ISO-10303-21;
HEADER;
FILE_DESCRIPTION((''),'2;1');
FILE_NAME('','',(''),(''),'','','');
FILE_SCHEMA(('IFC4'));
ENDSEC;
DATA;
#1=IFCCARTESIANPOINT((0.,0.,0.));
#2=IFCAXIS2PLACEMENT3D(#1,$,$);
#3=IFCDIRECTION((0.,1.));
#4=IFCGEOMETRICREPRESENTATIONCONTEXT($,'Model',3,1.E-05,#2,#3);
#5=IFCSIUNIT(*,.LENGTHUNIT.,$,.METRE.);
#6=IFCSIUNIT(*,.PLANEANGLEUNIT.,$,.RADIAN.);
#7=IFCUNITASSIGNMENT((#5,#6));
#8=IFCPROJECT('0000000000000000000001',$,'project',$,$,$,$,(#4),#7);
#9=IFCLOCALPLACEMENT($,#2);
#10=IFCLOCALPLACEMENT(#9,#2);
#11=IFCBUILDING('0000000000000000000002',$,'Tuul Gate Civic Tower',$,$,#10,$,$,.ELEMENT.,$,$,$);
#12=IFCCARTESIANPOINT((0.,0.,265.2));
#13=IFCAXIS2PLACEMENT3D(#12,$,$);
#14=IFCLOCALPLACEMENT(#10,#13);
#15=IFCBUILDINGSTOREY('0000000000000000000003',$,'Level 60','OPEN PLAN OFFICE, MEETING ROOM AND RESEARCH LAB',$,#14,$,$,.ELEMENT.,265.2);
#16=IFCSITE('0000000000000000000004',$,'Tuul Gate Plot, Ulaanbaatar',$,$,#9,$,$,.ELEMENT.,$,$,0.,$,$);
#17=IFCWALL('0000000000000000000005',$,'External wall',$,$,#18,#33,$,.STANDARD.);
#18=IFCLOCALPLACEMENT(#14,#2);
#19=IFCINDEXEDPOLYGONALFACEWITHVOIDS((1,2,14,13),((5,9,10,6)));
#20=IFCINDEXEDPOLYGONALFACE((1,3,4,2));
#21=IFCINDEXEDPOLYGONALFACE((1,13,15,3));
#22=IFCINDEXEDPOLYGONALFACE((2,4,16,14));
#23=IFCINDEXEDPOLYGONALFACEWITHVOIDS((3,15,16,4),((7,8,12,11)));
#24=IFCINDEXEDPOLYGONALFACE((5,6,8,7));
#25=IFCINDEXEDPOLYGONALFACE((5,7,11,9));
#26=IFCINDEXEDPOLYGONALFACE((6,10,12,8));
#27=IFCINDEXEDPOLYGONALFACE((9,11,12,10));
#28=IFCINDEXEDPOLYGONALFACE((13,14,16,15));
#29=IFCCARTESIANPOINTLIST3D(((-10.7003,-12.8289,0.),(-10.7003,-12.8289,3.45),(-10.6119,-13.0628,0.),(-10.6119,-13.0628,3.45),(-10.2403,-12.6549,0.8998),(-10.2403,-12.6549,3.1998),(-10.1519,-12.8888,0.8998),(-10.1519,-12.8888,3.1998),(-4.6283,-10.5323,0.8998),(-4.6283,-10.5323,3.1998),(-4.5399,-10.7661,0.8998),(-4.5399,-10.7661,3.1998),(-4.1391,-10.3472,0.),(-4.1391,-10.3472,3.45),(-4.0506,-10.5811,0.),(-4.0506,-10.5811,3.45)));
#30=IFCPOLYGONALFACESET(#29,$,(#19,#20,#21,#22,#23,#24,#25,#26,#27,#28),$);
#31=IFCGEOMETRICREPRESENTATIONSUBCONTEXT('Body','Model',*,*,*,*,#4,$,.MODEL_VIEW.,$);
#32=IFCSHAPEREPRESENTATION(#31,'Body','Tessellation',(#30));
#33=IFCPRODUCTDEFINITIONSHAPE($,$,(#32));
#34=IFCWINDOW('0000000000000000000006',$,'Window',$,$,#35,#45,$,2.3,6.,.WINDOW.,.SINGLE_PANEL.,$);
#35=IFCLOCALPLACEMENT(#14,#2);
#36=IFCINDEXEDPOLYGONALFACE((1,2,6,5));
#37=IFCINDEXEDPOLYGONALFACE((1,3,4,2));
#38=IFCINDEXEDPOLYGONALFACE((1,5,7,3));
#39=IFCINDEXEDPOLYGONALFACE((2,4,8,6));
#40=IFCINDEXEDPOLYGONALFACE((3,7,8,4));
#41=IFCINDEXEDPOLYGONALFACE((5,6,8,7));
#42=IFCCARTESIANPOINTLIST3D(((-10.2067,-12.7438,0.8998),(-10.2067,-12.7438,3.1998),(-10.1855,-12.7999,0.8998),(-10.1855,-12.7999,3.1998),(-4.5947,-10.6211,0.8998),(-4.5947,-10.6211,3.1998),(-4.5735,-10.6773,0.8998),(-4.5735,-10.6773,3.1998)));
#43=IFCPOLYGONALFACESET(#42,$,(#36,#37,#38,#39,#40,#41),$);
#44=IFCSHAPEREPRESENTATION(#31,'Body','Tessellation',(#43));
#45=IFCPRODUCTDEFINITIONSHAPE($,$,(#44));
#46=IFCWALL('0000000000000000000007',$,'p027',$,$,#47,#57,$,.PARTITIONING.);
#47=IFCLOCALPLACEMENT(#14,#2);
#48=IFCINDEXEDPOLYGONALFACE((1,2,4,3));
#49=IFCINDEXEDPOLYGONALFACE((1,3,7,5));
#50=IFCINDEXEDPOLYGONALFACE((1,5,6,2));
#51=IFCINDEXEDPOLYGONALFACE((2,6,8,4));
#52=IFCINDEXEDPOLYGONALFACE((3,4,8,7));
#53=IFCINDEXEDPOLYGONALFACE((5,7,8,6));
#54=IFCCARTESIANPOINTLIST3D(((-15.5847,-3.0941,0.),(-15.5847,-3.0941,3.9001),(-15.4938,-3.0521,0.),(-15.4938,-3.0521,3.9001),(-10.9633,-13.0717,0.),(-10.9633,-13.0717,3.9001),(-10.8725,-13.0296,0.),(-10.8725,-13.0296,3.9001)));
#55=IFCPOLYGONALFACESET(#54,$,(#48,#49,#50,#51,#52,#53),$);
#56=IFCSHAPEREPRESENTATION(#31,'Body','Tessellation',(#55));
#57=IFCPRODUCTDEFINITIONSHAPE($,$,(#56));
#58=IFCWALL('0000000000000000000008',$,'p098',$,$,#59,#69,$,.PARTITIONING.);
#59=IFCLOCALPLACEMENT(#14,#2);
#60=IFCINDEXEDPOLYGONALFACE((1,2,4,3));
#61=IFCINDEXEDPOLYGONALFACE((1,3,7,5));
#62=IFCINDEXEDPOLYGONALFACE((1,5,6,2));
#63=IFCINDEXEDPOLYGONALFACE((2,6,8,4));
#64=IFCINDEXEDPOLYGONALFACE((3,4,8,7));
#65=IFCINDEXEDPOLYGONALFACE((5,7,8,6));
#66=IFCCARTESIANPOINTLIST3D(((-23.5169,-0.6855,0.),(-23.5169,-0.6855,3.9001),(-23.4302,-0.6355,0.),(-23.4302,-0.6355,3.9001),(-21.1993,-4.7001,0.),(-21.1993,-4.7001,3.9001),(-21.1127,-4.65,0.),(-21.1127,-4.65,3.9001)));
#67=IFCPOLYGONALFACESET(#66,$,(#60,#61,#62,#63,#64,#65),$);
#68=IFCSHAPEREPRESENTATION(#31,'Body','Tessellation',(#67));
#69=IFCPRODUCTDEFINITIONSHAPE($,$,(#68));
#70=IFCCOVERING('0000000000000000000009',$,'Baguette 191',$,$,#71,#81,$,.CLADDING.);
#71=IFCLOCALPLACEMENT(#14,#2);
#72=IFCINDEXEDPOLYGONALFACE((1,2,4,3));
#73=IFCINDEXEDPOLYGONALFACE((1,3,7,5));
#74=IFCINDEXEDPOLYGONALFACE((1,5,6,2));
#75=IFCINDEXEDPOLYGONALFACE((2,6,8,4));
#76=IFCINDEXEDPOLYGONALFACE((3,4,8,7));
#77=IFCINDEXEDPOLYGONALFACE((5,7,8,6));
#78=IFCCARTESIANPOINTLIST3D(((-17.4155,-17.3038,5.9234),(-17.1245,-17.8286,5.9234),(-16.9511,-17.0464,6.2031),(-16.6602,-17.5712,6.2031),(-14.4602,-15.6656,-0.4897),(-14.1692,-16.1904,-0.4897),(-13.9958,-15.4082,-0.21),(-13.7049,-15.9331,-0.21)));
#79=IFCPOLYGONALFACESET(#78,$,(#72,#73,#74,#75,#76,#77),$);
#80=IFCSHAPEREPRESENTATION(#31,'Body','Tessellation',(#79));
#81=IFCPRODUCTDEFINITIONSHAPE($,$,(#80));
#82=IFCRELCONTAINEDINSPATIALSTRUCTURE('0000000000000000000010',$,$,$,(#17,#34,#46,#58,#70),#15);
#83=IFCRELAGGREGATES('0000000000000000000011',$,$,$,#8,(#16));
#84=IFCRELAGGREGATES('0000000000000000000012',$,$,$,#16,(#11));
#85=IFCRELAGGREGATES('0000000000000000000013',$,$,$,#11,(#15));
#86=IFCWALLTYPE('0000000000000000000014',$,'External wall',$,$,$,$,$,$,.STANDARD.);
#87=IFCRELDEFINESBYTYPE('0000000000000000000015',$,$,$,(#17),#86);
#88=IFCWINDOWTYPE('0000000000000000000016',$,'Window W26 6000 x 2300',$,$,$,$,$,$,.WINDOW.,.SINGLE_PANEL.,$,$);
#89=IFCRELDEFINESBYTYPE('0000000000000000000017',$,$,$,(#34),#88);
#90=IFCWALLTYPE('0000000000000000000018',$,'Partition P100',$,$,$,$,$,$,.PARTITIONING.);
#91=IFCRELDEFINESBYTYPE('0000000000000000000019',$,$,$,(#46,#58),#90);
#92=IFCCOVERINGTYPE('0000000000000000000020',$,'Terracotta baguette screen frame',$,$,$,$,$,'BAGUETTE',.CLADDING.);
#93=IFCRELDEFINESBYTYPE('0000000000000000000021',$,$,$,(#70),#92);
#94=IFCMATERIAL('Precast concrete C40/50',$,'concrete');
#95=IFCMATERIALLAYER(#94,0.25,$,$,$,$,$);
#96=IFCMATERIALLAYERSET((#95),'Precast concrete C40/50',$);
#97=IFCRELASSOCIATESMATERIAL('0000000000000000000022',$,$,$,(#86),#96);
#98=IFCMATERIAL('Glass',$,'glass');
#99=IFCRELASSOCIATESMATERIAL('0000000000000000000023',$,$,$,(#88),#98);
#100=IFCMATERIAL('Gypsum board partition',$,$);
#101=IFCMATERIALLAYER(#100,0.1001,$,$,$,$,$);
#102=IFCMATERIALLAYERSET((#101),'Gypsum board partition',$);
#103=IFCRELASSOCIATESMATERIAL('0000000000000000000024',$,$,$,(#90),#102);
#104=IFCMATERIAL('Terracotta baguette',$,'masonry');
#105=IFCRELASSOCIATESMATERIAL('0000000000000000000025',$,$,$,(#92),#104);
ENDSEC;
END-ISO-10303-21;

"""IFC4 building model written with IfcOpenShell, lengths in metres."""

from ifc_helpers import new_model, si_unit, direction, frame, frame_2d, origin, origin_2d, place, context, subcontext, project, spatial, rectangle, extrude, material, layer, layer_set, material_profile, profile_set, type_object, element, fill, save


model = new_model("IFC4")

# Units and contexts
model_context = context("Model", 3, precision=1e-05, world=origin(), true_north=direction((0.0, 1.0)))
body_context = subcontext(model_context, "Body", "Model", "MODEL_VIEW")
ifc_project = project(units=[si_unit("LENGTHUNIT", "METRE"), si_unit("PLANEANGLEUNIT", "RADIAN")], contexts=[model_context])

# Site, building, storey
site_placement = place(None, origin())
site = spatial("IfcSite", under=ifc_project, at=site_placement, Name="Tuul Gate Plot, Ulaanbaatar", CompositionType="ELEMENT", RefElevation=0.0)
building_placement = place(site_placement, origin())
building = spatial("IfcBuilding", under=site, at=building_placement, Name="Tuul Gate Civic Tower", CompositionType="ELEMENT")
storey_placement = place(building_placement, frame((0.0, 0.0, 265.2)))
storey = spatial("IfcBuildingStorey", under=building, at=storey_placement, Name="Level 60", Description="OPEN PLAN OFFICE, MEETING ROOM AND RESEARCH LAB", CompositionType="ELEMENT", Elevation=265.2)

# Wall, opening, window
ifc_material_1 = material(Name="Precast concrete C40/50", Category="concrete")
ifc_layer_1 = layer(ifc_material_1, 0.25)
ifc_layer_set_1 = layer_set([ifc_layer_1], Name="Precast concrete C40/50")
wall_type_1 = type_object("IfcWallType", Name="External wall", PredefinedType="STANDARD", material=ifc_layer_set_1)
ifc_material_2 = material(Name="Glass", Category="glass")
window_type = type_object("IfcWindowType", Name="Window W26 6000 x 2300", PartitioningType="SINGLE_PANEL", PredefinedType="WINDOW", material=ifc_material_2)
wall_1_placement = place(storey_placement, frame((-10.656, -12.9458, 0.0), z_axis=(0.0, 0.0, 1.0), x_axis=(0.935331, 0.353773, 0.0)))
wall_1 = element("IfcWall", 1, at=wall_1_placement, inside=storey, type_object=wall_type_1, Name="External wall", PredefinedType="STANDARD", context=body_context, shape_type="SweptSolid", body=[
    extrude(rectangle(XDim=7.0149, YDim=0.25, at=frame_2d((3.5073, 0.0))), origin(), (0.0, 0.0, 1.0), 3.45),
])
opening_1_placement = place(wall_1_placement, frame((0.4917, 0.0, 0.8999)))
opening_1 = element("IfcOpeningElement", 2, at=opening_1_placement, cuts=wall_1, PredefinedType="OPENING", context=body_context, shape_type="SweptSolid", body=[
    extrude(rectangle(XDim=6.0, YDim=2.3, at=frame_2d((3.0, 1.1499))), frame((0.0, 0.135, 0.0), z_axis=(0.0, -1.0, 0.0), x_axis=(1.0, 0.0, 0.0)), (0.0, 0.0, 1.0), 0.27),
])
window_1_placement = place(opening_1_placement, origin())
window_1 = element("IfcWindow", 3, at=window_1_placement, inside=storey, type_object=window_type, Name="Window", OverallHeight=2.3, OverallWidth=6.0, PartitioningType="SINGLE_PANEL", PredefinedType="WINDOW", context=body_context, shape_type="SweptSolid", body=[
    extrude(rectangle(XDim=6.0, YDim=2.3, at=frame_2d((3.0, 1.1499))), frame((0.0, 0.03, 0.0), z_axis=(0.0, -1.0, 0.0), x_axis=(1.0, 0.0, 0.0)), (0.0, 0.0, 1.0), 0.0601),
])
fill(opening_1, window_1)

# Walls
ifc_material_3 = material(Name="Gypsum board partition")
ifc_layer_2 = layer(ifc_material_3, 0.1001)
ifc_layer_set_2 = layer_set([ifc_layer_2], Name="Gypsum board partition")
wall_type_2 = type_object("IfcWallType", Name="Partition P100", PredefinedType="PARTITIONING", material=ifc_layer_set_2)
wall_2_placement = place(storey_placement, frame((-15.5393, -3.073, 0.0), z_axis=(0.0, 0.0, 1.0), x_axis=(0.420281, -0.907394, 0.0)))
element("IfcWall", 4, at=wall_2_placement, inside=storey, type_object=wall_type_2, Name="p027", PredefinedType="PARTITIONING", context=body_context, shape_type="SweptSolid", body=[
    extrude(rectangle(XDim=10.9958, YDim=0.1001, at=frame_2d((5.498, 0.0))), origin(), (0.0, 0.0, 1.0), 3.9001),
])
wall_3_placement = place(storey_placement, frame((-23.4736, -0.6604, 0.0), z_axis=(0.0, 0.0, 1.0), x_axis=(0.499963, -0.866047, 0.0)))
element("IfcWall", 5, at=wall_3_placement, inside=storey, type_object=wall_type_2, Name="p098", PredefinedType="PARTITIONING", context=body_context, shape_type="SweptSolid", body=[
    extrude(rectangle(XDim=4.6355, YDim=0.1001, at=frame_2d((2.3179, 0.0))), origin(), (0.0, 0.0, 1.0), 3.9001),
])

# Covering
ifc_material_4 = material(Name="Terracotta baguette", Category="masonry")
ifc_material_profile_1 = material_profile(ifc_material_4, rectangle(XDim=0.6001, YDim=0.6001, at=origin_2d()), Name="Terracotta baguette screen frame")
ifc_profile_set_1 = profile_set([ifc_material_profile_1], Name="Terracotta baguette")
covering_type = type_object("IfcCoveringType", Name="Terracotta baguette screen frame", ElementType="BAGUETTE", PredefinedType="CLADDING", material=ifc_profile_set_1)
covering_placement = place(storey_placement, frame((-17.0378, -17.4375, 6.0632), z_axis=(0.407698, 0.225993, -0.884709), x_axis=(-0.484815, 0.874617, 0.0)))
element("IfcCovering", 6, at=covering_placement, inside=storey, type_object=covering_type, Name="Baguette 191", PredefinedType="CLADDING", context=body_context, shape_type="SweptSolid", body=[
    extrude(rectangle(XDim=0.6001, YDim=0.6001, at=origin_2d()), origin(), (0.0, 0.0, 1.0), 7.2488),
])

save(model, "model.ifc")
